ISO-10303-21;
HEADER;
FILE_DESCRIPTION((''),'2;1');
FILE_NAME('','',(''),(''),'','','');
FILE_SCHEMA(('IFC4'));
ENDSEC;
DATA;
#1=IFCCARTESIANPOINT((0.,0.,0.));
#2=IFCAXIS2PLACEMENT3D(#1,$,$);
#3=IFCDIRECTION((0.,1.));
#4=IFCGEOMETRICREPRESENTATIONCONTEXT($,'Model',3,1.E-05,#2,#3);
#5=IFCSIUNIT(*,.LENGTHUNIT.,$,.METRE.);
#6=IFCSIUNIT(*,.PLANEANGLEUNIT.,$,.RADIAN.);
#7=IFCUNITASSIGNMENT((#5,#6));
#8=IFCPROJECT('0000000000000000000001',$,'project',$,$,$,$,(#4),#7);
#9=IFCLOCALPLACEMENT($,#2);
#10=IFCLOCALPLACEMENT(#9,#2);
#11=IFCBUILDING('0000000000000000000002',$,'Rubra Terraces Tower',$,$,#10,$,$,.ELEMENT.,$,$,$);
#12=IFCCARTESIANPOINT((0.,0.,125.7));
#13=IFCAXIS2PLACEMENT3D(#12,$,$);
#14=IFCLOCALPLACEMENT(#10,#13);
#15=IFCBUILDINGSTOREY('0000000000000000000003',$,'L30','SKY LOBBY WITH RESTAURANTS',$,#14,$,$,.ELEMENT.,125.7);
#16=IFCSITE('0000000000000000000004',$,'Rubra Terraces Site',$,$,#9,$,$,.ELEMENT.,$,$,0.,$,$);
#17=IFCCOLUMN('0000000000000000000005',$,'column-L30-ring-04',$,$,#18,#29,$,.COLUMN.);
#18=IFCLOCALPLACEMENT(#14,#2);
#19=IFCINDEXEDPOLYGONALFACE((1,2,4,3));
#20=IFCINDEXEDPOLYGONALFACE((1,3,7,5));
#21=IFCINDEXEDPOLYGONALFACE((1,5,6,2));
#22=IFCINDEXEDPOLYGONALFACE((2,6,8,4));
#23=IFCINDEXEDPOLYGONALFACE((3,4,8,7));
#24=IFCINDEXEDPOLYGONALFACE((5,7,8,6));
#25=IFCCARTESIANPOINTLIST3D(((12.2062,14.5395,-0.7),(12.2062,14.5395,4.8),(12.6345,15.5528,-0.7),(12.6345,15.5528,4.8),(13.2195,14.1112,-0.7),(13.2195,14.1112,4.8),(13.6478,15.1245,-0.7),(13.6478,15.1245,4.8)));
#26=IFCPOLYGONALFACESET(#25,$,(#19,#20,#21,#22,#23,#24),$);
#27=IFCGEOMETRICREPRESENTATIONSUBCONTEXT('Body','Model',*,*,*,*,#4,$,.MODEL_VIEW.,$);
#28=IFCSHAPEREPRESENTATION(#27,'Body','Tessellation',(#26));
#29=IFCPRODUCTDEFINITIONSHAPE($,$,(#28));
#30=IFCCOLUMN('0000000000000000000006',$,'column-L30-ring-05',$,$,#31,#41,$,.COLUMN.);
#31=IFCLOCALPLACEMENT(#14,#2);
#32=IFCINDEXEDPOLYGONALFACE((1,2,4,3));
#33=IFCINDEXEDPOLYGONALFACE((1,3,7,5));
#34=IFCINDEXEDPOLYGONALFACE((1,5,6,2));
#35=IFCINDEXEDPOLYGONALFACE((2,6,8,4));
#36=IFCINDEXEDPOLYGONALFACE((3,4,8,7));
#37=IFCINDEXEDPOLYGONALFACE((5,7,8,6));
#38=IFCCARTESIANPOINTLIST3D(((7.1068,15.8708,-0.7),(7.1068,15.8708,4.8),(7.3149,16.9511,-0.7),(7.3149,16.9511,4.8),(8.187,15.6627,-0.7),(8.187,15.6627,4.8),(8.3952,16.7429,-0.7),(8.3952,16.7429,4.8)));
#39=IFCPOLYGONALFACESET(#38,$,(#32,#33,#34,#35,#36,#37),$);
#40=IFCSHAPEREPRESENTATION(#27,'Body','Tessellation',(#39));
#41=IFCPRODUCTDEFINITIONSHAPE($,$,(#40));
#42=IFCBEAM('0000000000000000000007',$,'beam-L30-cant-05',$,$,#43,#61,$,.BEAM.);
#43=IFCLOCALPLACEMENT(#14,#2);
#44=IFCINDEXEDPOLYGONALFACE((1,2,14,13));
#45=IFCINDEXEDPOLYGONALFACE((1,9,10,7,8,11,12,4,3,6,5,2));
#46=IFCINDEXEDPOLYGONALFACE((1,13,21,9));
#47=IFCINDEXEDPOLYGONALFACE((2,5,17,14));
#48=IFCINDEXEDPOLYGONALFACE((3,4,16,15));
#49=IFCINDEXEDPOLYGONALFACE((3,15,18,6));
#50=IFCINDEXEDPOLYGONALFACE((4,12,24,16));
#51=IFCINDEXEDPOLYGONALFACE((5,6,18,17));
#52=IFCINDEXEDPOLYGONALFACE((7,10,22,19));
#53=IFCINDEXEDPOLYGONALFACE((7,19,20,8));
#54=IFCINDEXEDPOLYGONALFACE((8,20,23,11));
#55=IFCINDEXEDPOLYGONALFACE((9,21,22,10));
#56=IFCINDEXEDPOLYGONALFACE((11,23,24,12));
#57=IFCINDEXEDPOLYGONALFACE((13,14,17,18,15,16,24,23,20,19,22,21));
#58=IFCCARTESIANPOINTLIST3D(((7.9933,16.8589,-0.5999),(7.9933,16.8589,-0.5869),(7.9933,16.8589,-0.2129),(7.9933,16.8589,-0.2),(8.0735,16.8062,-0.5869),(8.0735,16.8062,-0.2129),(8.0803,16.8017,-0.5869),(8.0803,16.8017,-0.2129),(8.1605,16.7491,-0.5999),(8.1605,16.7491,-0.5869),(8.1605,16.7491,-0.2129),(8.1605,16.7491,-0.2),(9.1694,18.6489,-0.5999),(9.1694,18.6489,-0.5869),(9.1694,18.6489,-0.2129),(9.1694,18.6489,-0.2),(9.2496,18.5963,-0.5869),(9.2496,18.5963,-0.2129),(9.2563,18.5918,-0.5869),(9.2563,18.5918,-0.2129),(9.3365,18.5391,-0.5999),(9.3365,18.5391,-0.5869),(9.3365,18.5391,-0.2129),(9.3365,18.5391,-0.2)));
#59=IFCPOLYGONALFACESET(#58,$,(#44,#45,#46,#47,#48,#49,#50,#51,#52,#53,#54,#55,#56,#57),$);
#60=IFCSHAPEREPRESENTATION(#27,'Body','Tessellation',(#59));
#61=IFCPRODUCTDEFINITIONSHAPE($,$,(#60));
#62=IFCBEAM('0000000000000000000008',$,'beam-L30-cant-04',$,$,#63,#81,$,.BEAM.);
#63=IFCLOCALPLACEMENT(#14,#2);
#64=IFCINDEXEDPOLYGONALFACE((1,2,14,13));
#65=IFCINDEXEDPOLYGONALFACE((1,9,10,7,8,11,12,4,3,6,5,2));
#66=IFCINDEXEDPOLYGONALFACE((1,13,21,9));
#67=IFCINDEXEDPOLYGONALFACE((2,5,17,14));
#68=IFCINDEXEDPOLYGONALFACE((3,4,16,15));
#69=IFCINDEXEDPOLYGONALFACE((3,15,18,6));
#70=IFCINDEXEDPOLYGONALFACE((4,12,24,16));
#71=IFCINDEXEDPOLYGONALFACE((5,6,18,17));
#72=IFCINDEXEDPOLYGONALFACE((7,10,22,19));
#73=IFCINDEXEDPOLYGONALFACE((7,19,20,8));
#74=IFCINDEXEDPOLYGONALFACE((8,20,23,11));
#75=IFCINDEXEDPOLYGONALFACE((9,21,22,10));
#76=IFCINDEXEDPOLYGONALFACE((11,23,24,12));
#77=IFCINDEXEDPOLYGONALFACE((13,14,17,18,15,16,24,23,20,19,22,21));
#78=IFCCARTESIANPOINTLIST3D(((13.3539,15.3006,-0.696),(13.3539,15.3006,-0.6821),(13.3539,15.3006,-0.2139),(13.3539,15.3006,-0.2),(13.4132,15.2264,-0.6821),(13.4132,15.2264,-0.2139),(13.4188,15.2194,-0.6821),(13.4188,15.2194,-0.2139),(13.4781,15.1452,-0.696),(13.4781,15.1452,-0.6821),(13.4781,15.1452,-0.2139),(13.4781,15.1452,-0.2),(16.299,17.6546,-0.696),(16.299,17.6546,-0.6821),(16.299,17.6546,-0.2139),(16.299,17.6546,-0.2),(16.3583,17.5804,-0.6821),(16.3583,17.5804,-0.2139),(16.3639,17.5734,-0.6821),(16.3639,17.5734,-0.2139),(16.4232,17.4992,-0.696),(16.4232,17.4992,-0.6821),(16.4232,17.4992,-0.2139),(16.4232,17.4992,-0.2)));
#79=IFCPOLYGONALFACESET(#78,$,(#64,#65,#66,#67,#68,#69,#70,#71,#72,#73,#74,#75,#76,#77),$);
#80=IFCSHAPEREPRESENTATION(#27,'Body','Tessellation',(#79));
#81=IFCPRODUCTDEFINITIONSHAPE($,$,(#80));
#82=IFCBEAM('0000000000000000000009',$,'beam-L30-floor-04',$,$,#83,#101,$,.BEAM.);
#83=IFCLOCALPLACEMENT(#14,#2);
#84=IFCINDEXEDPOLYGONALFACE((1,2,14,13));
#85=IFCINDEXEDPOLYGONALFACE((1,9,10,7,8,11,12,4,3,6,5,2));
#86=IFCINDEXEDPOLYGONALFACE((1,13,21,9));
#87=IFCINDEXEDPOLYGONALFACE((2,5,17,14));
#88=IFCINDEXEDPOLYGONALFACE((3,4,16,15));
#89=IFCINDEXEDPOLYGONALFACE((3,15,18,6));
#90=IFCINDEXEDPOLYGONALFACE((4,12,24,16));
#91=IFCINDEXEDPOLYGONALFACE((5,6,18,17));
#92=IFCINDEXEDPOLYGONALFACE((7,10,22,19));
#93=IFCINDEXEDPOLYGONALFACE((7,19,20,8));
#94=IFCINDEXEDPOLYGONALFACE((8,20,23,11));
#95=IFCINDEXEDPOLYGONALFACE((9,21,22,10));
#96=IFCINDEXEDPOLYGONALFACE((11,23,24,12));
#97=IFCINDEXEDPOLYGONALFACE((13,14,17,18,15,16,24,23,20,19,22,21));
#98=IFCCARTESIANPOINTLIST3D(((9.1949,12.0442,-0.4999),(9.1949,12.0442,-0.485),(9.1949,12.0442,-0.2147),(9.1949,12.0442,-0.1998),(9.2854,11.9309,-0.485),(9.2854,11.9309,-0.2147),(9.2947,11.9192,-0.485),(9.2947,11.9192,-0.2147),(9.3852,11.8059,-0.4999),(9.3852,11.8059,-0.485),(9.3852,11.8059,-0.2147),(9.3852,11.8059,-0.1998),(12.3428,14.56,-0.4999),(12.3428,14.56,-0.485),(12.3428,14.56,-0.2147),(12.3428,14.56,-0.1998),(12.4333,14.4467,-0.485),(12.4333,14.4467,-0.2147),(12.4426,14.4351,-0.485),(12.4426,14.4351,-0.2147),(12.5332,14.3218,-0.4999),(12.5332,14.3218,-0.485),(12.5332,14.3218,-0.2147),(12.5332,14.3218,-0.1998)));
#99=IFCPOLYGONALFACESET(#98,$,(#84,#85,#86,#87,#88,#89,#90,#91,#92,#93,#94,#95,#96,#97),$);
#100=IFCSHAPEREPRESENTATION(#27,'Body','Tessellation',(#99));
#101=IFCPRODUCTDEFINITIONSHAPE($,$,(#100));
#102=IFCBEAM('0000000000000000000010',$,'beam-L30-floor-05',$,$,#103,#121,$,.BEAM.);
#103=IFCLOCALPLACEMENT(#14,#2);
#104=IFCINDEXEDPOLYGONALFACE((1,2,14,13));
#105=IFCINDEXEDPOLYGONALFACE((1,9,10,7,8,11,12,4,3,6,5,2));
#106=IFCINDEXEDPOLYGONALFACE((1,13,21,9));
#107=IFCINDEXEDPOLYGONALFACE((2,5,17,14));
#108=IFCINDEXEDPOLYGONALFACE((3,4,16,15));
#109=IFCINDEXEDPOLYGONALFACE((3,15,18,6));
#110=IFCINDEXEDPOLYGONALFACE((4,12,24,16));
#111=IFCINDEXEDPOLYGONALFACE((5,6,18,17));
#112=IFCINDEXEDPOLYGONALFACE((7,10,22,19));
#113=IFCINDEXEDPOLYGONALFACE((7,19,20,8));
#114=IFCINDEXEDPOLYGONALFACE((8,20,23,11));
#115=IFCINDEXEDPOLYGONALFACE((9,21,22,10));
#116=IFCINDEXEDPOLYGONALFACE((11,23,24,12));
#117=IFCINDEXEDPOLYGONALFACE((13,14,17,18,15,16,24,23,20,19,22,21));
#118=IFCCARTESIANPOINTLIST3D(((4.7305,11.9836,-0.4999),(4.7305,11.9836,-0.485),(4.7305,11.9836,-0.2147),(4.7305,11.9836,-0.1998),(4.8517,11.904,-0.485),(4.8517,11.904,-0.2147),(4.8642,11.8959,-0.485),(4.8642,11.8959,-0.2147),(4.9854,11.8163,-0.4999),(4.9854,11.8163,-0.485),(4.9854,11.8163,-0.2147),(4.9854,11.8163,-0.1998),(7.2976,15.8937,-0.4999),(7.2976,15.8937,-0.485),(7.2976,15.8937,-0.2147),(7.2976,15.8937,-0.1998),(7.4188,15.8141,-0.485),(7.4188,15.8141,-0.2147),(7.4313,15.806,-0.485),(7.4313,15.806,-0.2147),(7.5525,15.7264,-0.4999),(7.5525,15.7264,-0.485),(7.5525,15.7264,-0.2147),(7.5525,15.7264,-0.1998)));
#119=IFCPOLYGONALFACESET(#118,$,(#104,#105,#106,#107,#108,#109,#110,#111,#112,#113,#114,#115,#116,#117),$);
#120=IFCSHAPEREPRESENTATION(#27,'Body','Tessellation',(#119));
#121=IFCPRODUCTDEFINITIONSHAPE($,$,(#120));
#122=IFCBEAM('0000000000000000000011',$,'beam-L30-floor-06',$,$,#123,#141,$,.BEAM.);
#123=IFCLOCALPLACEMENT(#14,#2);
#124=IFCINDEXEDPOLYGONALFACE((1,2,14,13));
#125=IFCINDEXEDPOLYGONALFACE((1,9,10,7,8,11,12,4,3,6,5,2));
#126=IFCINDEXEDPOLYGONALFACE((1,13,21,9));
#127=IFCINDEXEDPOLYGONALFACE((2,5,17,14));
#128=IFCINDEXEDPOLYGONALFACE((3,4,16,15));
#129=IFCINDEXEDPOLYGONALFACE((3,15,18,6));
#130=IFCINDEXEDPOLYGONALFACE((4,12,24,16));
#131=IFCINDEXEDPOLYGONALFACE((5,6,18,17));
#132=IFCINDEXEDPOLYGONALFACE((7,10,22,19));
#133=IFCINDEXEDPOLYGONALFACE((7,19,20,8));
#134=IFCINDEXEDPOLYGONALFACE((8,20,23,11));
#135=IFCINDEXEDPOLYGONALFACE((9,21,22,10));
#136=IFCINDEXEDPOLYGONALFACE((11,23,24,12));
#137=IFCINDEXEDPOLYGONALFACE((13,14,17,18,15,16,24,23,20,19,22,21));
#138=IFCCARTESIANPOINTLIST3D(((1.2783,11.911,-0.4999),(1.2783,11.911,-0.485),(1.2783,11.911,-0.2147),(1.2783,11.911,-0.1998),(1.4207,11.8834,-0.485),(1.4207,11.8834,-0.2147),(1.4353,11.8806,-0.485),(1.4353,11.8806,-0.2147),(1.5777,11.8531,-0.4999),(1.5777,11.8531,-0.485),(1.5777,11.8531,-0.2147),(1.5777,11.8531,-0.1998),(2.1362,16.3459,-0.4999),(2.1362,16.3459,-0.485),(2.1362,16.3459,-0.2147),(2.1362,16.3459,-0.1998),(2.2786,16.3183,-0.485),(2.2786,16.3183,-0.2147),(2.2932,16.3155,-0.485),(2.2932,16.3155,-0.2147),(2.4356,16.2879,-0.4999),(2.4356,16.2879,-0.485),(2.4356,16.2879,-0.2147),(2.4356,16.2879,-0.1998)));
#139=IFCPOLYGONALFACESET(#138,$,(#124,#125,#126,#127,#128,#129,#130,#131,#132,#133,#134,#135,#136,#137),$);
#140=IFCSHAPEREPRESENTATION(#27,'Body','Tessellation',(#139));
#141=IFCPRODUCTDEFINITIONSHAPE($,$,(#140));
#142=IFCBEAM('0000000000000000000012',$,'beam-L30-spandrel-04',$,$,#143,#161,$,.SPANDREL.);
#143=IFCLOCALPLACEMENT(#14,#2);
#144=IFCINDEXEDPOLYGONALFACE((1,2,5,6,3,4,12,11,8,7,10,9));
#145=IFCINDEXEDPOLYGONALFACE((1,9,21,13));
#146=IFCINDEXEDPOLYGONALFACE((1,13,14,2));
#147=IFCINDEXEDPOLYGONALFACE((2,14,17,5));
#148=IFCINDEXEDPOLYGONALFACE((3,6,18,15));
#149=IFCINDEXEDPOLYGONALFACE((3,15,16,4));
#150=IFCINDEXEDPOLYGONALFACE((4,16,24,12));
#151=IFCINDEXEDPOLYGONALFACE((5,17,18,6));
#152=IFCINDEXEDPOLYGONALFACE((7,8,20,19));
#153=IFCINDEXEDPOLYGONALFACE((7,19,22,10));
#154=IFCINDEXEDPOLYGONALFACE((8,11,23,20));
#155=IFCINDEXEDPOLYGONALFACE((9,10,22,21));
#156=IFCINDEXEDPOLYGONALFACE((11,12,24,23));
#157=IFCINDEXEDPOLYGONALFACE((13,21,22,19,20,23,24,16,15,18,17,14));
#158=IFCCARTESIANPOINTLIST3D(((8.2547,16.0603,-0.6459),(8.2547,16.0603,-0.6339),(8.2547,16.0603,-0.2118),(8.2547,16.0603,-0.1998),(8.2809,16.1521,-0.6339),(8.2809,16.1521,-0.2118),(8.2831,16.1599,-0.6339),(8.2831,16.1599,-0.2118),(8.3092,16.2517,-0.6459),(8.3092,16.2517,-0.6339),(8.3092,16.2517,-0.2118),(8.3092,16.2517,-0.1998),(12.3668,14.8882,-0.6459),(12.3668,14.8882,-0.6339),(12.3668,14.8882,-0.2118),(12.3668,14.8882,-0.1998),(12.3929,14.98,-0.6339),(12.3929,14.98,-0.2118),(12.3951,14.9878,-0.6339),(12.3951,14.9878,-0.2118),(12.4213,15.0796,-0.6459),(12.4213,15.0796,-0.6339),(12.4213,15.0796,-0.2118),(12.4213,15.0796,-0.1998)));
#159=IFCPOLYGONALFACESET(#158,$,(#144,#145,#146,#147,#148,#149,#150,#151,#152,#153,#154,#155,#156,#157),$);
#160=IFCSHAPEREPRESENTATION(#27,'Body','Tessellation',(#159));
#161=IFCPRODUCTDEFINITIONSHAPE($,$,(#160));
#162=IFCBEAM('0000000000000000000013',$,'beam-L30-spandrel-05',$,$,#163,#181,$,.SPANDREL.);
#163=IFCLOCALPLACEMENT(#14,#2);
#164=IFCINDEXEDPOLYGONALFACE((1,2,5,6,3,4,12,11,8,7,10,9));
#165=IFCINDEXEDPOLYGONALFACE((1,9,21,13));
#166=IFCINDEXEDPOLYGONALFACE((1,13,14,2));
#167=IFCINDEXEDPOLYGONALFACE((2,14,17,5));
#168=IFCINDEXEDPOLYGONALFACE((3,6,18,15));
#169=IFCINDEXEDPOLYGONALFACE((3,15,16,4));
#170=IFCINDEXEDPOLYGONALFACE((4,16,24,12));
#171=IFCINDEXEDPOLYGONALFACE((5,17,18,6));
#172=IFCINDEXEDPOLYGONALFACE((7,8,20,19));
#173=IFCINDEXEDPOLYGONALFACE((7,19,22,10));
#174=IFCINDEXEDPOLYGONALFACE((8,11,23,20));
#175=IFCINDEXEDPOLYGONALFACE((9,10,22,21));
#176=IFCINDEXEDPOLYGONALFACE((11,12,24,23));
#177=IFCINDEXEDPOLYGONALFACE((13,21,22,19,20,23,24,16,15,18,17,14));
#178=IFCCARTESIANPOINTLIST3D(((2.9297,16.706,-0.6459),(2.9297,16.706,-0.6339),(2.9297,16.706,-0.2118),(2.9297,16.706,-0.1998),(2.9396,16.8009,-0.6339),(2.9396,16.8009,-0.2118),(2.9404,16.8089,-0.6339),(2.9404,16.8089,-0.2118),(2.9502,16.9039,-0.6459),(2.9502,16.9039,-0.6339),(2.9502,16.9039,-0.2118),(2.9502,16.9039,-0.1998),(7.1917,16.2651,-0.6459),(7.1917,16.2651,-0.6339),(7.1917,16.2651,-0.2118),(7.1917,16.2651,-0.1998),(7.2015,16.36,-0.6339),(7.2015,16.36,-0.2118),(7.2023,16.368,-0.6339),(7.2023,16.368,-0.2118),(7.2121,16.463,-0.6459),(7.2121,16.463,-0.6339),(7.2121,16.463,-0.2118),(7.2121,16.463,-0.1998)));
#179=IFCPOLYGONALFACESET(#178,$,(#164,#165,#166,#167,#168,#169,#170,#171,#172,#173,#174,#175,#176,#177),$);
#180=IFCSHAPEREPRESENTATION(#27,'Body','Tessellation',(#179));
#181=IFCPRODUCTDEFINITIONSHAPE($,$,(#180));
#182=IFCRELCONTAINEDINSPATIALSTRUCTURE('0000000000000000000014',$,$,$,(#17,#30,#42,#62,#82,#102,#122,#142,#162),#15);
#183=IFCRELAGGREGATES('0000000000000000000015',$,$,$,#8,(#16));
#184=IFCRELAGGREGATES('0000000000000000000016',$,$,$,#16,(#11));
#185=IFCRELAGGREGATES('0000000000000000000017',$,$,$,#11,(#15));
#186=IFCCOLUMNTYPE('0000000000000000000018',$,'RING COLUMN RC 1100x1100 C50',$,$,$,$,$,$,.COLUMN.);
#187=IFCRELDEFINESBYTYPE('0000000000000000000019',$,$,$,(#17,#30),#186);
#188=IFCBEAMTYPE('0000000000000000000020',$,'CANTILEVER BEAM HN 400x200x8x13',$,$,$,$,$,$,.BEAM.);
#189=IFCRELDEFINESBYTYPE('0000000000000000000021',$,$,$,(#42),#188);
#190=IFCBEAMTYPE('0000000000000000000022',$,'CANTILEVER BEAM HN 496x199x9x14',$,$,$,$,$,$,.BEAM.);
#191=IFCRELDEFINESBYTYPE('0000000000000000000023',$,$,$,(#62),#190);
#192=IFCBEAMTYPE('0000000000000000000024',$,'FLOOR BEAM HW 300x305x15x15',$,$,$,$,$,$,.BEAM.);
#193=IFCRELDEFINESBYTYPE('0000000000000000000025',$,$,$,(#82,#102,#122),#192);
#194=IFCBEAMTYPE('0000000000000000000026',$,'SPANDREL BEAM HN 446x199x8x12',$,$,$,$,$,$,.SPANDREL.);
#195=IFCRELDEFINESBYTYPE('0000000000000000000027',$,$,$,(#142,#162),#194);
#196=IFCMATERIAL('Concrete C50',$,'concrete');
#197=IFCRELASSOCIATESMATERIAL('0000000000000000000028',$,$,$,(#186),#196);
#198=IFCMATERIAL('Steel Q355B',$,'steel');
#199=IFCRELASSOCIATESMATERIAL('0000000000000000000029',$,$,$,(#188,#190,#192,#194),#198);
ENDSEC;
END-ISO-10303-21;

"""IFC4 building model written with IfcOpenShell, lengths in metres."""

from ifc_helpers import new_model, si_unit, direction, frame, origin, origin_2d, place, context, subcontext, project, spatial, rectangle, i_section, extrude, material, material_profile, profile_set, type_object, element, save


model = new_model("IFC4")

# Units and contexts
model_context = context("Model", 3, precision=1e-05, world=origin(), true_north=direction((0.0, 1.0)))
body_context = subcontext(model_context, "Body", "Model", "MODEL_VIEW")
ifc_project = project(units=[si_unit("LENGTHUNIT", "METRE"), si_unit("PLANEANGLEUNIT", "RADIAN")], contexts=[model_context])

# Site, building, storey
site_placement = place(None, origin())
site = spatial("IfcSite", under=ifc_project, at=site_placement, Name="Rubra Terraces Site", CompositionType="ELEMENT", RefElevation=0.0)
building_placement = place(site_placement, origin())
building = spatial("IfcBuilding", under=site, at=building_placement, Name="Rubra Terraces Tower", CompositionType="ELEMENT")
storey_placement = place(building_placement, frame((0.0, 0.0, 125.7)))
storey = spatial("IfcBuildingStorey", under=building, at=storey_placement, Name="L30", Description="SKY LOBBY WITH RESTAURANTS", CompositionType="ELEMENT", Elevation=125.7)

# Columns
ifc_material_1 = material(Name="Concrete C50", Category="concrete")
ifc_material_profile_1 = material_profile(ifc_material_1, rectangle(XDim=1.1001, YDim=1.1001, at=origin_2d()), Name="RC 1100x1100")
ifc_profile_set_1 = profile_set([ifc_material_profile_1], Name="Concrete C50")
column_type = type_object("IfcColumnType", Name="RING COLUMN RC 1100x1100 C50", PredefinedType="COLUMN", material=ifc_profile_set_1)
for number, where, z_axis, x_axis, name in (
    (1, (12.927, 14.832, -0.7), (0.0, 0.0, 1.0), (-0.921106, 0.389313, 0.0), "column-L30-ring-04"),
    (2, (7.751, 16.3069, -0.7), (0.0, 0.0, 1.0), (-0.981937, 0.18921, 0.0), "column-L30-ring-05"),
):
    element("IfcColumn", number, at=place(storey_placement, frame(where, z_axis=z_axis, x_axis=x_axis)), inside=storey, type_object=column_type, Name=name, PredefinedType="COLUMN", context=body_context, shape_type="SweptSolid", body=[
        extrude(rectangle(XDim=1.1001, YDim=1.1001, at=origin_2d()), origin(), (0.0, 0.0, 1.0), 5.5),
    ])

# Beams
ifc_material_2 = material(Name="Steel Q355B", Category="steel")
ifc_material_profile_2 = material_profile(ifc_material_2, i_section(OverallWidth=0.2, OverallDepth=0.3999, WebThickness=0.0081, FlangeThickness=0.0129, at=origin_2d()), Name="HN 400x200x8x13")
ifc_profile_set_2 = profile_set([ifc_material_profile_2], Name="Steel Q355B")
beam_type_1 = type_object("IfcBeamType", Name="CANTILEVER BEAM HN 400x200x8x13", PredefinedType="BEAM", material=ifc_profile_set_2)
beam_1_placement = place(storey_placement, frame((8.0769, 16.804, -0.3999), z_axis=(0.549085, 0.835767, 0.0), x_axis=(-0.835767, 0.549085, 0.0)))
element("IfcBeam", 3, at=beam_1_placement, inside=storey, type_object=beam_type_1, Name="beam-L30-cant-05", PredefinedType="BEAM", context=body_context, shape_type="SweptSolid", body=[
    extrude(i_section(OverallWidth=0.2, OverallDepth=0.3999, WebThickness=0.0081, FlangeThickness=0.0129, at=origin_2d()), origin(), (0.0, 0.0, 1.0), 2.1418),
])
ifc_material_profile_3 = material_profile(ifc_material_2, i_section(OverallWidth=0.199, OverallDepth=0.4961, WebThickness=0.009, FlangeThickness=0.0139, at=origin_2d()), Name="HN 496x199x9x14")
ifc_profile_set_3 = profile_set([ifc_material_profile_3], Name="Steel Q355B")
beam_type_2 = type_object("IfcBeamType", Name="CANTILEVER BEAM HN 496x199x9x14", PredefinedType="BEAM", material=ifc_profile_set_3)
beam_2_placement = place(storey_placement, frame((13.416, 15.2229, -0.448), z_axis=(0.781134, 0.624363, 0.0), x_axis=(-0.624363, 0.781134, 0.0)))
element("IfcBeam", 4, at=beam_2_placement, inside=storey, type_object=beam_type_2, Name="beam-L30-cant-04", PredefinedType="BEAM", context=body_context, shape_type="SweptSolid", body=[
    extrude(i_section(OverallWidth=0.199, OverallDepth=0.4961, WebThickness=0.009, FlangeThickness=0.0139, at=origin_2d()), origin(), (0.0, 0.0, 1.0), 3.7703),
])
ifc_material_profile_4 = material_profile(ifc_material_2, i_section(OverallWidth=0.3049, OverallDepth=0.3, WebThickness=0.0149, FlangeThickness=0.0149, at=origin_2d()), Name="HW 300x305x15x15")
ifc_profile_set_4 = profile_set([ifc_material_profile_4], Name="Steel Q355B")
beam_type_3 = type_object("IfcBeamType", Name="FLOOR BEAM HW 300x305x15x15", PredefinedType="BEAM", material=ifc_profile_set_4)
beam_3_placement = place(storey_placement, frame((12.438, 14.4409, -0.3499), z_axis=(-0.78117, -0.624318, 0.0), x_axis=(0.624318, -0.78117, 0.0)))
element("IfcBeam", 5, at=beam_3_placement, inside=storey, type_object=beam_type_3, Name="beam-L30-floor-04", PredefinedType="BEAM", context=body_context, shape_type="SweptSolid", body=[
    extrude(i_section(OverallWidth=0.3049, OverallDepth=0.3, WebThickness=0.0149, FlangeThickness=0.0149, at=origin_2d()), origin(), (0.0, 0.0, 1.0), 4.0298),
])
beam_4_placement = place(storey_placement, frame((7.425, 15.8101, -0.3499), z_axis=(-0.548821, -0.83594, 0.0), x_axis=(0.83594, -0.548821, 0.0)))
element("IfcBeam", 6, at=beam_4_placement, inside=storey, type_object=beam_type_3, Name="beam-L30-floor-05", PredefinedType="BEAM", context=body_context, shape_type="SweptSolid", body=[
    extrude(i_section(OverallWidth=0.3049, OverallDepth=0.3, WebThickness=0.0149, FlangeThickness=0.0149, at=origin_2d()), origin(), (0.0, 0.0, 1.0), 4.6775),
])
beam_5_placement = place(storey_placement, frame((2.2859, 16.3169, -0.3499), z_axis=(-0.189928, -0.981798, 0.0), x_axis=(0.981798, -0.189928, 0.0)))
element("IfcBeam", 7, at=beam_5_placement, inside=storey, type_object=beam_type_3, Name="beam-L30-floor-06", PredefinedType="BEAM", context=body_context, shape_type="SweptSolid", body=[
    extrude(i_section(OverallWidth=0.3049, OverallDepth=0.3, WebThickness=0.0149, FlangeThickness=0.0149, at=origin_2d()), origin(), (0.0, 0.0, 1.0), 4.5171),
])
ifc_material_profile_5 = material_profile(ifc_material_2, i_section(OverallWidth=0.199, OverallDepth=0.446, WebThickness=0.0081, FlangeThickness=0.012, at=origin_2d()), Name="HN 446x199x8x12")
ifc_profile_set_5 = profile_set([ifc_material_profile_5], Name="Steel Q355B")
beam_type_4 = type_object("IfcBeamType", Name="SPANDREL BEAM HN 446x199x8x12", PredefinedType="SPANDREL", material=ifc_profile_set_5)
beam_6_placement = place(storey_placement, frame((12.394, 14.9839, -0.4229), z_axis=(-0.961694, 0.274125, 0.0), x_axis=(-0.274125, -0.961694, 0.0)))
element("IfcBeam", 8, at=beam_6_placement, inside=storey, type_object=beam_type_4, Name="beam-L30-spandrel-04", PredefinedType="SPANDREL", context=body_context, shape_type="SweptSolid", body=[
    extrude(i_section(OverallWidth=0.199, OverallDepth=0.446, WebThickness=0.0081, FlangeThickness=0.012, at=origin_2d()), origin(), (0.0, 0.0, 1.0), 4.2759),
])
beam_7_placement = place(storey_placement, frame((7.2019, 16.364, -0.4229), z_axis=(-0.994691, 0.102905, 0.0), x_axis=(-0.102905, -0.994691, 0.0)))
element("IfcBeam", 9, at=beam_7_placement, inside=storey, type_object=beam_type_4, Name="beam-L30-spandrel-05", PredefinedType="SPANDREL", context=body_context, shape_type="SweptSolid", body=[
    extrude(i_section(OverallWidth=0.199, OverallDepth=0.446, WebThickness=0.0081, FlangeThickness=0.012, at=origin_2d()), origin(), (0.0, 0.0, 1.0), 4.2847),
])

save(model, "model.ifc")
